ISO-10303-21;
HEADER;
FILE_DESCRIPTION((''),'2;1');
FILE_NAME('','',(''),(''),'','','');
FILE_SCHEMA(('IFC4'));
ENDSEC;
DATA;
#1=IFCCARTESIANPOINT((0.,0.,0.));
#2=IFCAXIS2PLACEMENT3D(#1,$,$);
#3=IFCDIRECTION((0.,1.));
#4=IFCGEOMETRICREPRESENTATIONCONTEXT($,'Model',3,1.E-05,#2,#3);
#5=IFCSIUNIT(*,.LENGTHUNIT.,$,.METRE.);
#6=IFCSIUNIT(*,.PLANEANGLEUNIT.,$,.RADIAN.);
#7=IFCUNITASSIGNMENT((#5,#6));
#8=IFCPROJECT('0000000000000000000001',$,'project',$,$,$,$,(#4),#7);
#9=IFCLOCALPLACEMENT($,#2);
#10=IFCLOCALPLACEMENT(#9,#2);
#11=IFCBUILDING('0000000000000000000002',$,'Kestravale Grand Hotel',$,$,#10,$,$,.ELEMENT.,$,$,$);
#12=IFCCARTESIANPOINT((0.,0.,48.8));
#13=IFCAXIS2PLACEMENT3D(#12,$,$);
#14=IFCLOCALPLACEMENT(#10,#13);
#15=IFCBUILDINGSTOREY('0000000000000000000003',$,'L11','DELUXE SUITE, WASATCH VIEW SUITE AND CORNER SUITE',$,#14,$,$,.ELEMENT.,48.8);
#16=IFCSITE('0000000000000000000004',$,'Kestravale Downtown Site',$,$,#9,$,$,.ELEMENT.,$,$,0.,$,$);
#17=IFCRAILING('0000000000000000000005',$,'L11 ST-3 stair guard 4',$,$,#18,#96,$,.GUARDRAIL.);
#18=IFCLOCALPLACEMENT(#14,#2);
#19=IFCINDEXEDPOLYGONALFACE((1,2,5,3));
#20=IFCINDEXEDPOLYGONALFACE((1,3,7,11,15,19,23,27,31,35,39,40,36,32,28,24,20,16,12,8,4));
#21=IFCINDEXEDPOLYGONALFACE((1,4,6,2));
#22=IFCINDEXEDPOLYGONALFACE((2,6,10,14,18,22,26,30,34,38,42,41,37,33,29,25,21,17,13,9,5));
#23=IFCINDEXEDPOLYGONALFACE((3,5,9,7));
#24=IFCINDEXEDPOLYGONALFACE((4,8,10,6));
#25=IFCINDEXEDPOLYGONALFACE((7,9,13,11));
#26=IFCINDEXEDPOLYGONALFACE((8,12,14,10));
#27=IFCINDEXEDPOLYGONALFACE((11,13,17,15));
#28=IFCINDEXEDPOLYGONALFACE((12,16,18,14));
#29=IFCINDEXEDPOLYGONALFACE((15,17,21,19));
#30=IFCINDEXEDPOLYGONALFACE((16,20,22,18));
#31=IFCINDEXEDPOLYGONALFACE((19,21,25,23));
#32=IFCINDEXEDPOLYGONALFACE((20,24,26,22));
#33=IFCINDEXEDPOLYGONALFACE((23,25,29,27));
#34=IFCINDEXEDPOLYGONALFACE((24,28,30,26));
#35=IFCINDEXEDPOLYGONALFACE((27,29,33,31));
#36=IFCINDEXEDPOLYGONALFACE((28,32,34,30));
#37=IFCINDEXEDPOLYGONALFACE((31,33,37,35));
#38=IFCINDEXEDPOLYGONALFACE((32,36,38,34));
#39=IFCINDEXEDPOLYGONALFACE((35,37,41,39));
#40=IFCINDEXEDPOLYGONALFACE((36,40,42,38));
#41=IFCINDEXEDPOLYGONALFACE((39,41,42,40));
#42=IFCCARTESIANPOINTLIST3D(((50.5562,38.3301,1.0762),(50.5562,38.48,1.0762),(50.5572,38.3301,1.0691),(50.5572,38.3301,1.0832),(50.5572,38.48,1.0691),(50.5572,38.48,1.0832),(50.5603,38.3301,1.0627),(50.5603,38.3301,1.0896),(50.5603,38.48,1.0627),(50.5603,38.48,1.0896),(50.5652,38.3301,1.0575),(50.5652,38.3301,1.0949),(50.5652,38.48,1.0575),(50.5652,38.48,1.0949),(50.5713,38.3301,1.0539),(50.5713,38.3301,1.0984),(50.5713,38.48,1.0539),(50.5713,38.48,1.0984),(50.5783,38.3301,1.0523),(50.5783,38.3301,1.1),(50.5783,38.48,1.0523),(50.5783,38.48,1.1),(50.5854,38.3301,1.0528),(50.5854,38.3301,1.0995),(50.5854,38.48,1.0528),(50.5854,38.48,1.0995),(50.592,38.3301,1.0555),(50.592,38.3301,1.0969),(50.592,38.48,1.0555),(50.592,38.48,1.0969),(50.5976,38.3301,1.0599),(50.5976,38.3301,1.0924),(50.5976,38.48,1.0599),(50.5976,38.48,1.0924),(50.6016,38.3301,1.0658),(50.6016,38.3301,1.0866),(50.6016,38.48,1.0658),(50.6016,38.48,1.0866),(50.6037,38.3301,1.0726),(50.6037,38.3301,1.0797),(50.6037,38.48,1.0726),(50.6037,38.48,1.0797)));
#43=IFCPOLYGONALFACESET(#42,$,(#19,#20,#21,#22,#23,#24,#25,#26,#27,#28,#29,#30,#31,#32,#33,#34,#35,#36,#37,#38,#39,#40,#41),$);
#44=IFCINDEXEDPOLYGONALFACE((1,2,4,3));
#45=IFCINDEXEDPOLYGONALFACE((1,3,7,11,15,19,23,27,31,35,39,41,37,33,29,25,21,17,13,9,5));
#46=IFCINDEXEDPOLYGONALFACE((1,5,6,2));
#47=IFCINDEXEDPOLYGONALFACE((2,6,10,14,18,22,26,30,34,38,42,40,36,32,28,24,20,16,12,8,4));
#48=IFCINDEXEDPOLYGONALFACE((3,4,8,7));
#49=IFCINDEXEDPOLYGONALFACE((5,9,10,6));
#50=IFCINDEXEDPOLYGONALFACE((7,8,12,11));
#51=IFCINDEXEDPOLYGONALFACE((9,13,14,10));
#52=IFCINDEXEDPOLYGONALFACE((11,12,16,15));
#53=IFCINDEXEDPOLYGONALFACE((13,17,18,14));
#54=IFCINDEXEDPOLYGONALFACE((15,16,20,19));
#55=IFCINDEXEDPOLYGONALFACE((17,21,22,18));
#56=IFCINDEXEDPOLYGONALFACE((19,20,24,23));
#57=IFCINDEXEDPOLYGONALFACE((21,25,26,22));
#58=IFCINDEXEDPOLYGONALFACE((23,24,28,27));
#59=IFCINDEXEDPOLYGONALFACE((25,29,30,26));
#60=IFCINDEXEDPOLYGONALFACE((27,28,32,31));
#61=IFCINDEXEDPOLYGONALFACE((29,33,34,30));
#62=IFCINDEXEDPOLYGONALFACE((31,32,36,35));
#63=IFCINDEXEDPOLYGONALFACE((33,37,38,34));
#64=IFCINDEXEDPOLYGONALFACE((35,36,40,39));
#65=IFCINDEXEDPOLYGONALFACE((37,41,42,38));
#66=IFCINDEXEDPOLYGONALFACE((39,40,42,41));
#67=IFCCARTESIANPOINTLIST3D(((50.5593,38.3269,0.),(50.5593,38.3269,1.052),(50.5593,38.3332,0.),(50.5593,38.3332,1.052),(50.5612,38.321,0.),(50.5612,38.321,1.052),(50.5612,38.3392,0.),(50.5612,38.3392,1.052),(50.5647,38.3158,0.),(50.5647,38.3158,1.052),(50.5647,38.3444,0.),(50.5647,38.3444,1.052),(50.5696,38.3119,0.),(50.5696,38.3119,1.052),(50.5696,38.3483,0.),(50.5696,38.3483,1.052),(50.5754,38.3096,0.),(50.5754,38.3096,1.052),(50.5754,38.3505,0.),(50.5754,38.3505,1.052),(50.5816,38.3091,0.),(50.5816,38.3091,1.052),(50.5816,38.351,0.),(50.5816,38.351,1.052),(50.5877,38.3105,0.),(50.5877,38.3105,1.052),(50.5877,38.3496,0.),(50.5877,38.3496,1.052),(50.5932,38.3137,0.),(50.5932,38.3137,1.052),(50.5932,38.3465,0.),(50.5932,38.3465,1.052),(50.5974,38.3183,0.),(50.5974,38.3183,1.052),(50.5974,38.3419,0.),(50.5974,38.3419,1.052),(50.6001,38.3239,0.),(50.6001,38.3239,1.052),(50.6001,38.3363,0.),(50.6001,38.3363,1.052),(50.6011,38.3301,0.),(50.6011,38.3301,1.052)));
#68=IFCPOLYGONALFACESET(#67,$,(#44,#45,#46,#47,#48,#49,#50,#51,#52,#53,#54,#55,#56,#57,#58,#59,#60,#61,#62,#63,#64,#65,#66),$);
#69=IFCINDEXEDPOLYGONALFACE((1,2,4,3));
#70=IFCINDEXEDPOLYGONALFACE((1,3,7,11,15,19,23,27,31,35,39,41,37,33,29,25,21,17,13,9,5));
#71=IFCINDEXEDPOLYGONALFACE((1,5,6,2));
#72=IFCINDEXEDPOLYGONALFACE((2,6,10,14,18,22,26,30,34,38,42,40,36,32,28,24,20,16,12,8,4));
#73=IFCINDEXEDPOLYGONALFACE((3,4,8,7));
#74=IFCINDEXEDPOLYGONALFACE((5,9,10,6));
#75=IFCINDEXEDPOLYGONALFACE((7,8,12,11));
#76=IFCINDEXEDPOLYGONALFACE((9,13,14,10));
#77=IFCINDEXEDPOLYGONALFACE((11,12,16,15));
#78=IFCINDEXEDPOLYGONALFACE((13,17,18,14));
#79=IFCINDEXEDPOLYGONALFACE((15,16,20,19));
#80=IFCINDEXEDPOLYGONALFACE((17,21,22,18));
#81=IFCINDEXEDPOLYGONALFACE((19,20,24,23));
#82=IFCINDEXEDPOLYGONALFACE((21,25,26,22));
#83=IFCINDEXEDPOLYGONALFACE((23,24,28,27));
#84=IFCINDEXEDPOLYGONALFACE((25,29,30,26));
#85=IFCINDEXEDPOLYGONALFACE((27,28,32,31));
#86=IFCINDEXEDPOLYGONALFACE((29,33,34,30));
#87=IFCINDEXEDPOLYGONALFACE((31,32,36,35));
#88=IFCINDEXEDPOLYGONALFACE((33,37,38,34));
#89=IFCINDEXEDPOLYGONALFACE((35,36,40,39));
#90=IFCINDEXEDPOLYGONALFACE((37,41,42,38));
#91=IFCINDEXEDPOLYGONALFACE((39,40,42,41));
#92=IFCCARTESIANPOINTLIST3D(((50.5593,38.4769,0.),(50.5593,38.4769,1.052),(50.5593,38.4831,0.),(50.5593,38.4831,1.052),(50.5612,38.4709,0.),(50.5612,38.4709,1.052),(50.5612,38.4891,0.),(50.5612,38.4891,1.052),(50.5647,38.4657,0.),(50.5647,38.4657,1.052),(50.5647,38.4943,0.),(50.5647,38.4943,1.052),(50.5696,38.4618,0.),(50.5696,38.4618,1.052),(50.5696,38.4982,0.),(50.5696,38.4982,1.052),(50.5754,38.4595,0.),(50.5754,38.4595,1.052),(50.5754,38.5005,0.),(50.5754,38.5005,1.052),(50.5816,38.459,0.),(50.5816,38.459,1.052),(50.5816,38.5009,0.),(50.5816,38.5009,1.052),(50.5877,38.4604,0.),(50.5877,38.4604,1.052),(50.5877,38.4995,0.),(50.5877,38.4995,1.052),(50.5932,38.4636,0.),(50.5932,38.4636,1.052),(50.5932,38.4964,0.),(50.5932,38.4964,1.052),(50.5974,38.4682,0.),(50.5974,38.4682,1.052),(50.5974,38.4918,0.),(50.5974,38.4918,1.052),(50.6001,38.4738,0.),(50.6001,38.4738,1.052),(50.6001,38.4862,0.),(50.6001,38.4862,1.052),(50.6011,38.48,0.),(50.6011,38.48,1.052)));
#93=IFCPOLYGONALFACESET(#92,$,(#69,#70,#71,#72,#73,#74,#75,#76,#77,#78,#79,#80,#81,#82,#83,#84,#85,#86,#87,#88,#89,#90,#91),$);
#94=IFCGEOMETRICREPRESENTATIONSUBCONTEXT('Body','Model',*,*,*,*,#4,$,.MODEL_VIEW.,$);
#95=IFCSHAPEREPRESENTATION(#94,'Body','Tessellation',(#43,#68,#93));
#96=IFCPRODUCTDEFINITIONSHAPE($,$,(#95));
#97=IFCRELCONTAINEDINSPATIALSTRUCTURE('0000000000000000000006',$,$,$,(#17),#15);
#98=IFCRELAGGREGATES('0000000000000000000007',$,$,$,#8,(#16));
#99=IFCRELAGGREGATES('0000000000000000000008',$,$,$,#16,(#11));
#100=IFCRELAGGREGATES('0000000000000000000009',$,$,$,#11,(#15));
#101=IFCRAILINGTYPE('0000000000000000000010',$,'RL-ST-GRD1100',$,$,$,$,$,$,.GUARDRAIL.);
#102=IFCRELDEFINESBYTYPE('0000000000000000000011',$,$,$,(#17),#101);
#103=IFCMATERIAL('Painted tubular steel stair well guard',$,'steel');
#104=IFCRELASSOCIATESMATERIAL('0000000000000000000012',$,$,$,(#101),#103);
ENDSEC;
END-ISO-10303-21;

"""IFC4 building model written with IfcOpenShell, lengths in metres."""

from ifc_helpers import new_model, si_unit, direction, frame, origin, origin_2d, place, context, subcontext, project, spatial, circle, extrude, material, type_object, element, save


model = new_model("IFC4")

# Units and contexts
model_context = context("Model", 3, precision=1e-05, world=origin(), true_north=direction((0.0, 1.0)))
body_context = subcontext(model_context, "Body", "Model", "MODEL_VIEW")
ifc_project = project(units=[si_unit("LENGTHUNIT", "METRE"), si_unit("PLANEANGLEUNIT", "RADIAN")], contexts=[model_context])

# Site, building, storey
site_placement = place(None, origin())
site = spatial("IfcSite", under=ifc_project, at=site_placement, Name="Kestravale Downtown Site", CompositionType="ELEMENT", RefElevation=0.0)
building_placement = place(site_placement, origin())
building = spatial("IfcBuilding", under=site, at=building_placement, Name="Kestravale Grand Hotel", CompositionType="ELEMENT")
storey_placement = place(building_placement, frame((0.0, 0.0, 48.8)))
storey = spatial("IfcBuildingStorey", under=building, at=storey_placement, Name="L11", Description="DELUXE SUITE, WASATCH VIEW SUITE AND CORNER SUITE", CompositionType="ELEMENT", Elevation=48.8)

# Railing
ifc_material_1 = material(Name="Painted tubular steel stair well guard", Category="steel")
railing_type_1 = type_object("IfcRailingType", Name="RL-ST-GRD1100", PredefinedType="GUARDRAIL", material=ifc_material_1)
railing_1_placement = place(storey_placement, frame((50.5801, 38.3301, 0.0)))
element("IfcRailing", 1, at=railing_1_placement, inside=storey, type_object=railing_type_1, Name="L11 ST-3 stair guard 4", PredefinedType="GUARDRAIL", context=body_context, shape_type="SweptSolid", body=[
    extrude(circle(Radius=0.0239, at=origin_2d()), frame((0.0, 0.0, 1.0762), z_axis=(0.0, 1.0, 0.0), x_axis=(-1.0, 0.0, 0.0)), (0.0, 0.0, 1.0), 0.1499),
    extrude(circle(Radius=0.021, at=origin_2d()), origin(), (0.0, 0.0, 1.0), 1.052),
    extrude(circle(Radius=0.021, at=origin_2d()), frame((0.0, 0.1499, 0.0)), (0.0, 0.0, 1.0), 1.052),
])

save(model, "model.ifc")
